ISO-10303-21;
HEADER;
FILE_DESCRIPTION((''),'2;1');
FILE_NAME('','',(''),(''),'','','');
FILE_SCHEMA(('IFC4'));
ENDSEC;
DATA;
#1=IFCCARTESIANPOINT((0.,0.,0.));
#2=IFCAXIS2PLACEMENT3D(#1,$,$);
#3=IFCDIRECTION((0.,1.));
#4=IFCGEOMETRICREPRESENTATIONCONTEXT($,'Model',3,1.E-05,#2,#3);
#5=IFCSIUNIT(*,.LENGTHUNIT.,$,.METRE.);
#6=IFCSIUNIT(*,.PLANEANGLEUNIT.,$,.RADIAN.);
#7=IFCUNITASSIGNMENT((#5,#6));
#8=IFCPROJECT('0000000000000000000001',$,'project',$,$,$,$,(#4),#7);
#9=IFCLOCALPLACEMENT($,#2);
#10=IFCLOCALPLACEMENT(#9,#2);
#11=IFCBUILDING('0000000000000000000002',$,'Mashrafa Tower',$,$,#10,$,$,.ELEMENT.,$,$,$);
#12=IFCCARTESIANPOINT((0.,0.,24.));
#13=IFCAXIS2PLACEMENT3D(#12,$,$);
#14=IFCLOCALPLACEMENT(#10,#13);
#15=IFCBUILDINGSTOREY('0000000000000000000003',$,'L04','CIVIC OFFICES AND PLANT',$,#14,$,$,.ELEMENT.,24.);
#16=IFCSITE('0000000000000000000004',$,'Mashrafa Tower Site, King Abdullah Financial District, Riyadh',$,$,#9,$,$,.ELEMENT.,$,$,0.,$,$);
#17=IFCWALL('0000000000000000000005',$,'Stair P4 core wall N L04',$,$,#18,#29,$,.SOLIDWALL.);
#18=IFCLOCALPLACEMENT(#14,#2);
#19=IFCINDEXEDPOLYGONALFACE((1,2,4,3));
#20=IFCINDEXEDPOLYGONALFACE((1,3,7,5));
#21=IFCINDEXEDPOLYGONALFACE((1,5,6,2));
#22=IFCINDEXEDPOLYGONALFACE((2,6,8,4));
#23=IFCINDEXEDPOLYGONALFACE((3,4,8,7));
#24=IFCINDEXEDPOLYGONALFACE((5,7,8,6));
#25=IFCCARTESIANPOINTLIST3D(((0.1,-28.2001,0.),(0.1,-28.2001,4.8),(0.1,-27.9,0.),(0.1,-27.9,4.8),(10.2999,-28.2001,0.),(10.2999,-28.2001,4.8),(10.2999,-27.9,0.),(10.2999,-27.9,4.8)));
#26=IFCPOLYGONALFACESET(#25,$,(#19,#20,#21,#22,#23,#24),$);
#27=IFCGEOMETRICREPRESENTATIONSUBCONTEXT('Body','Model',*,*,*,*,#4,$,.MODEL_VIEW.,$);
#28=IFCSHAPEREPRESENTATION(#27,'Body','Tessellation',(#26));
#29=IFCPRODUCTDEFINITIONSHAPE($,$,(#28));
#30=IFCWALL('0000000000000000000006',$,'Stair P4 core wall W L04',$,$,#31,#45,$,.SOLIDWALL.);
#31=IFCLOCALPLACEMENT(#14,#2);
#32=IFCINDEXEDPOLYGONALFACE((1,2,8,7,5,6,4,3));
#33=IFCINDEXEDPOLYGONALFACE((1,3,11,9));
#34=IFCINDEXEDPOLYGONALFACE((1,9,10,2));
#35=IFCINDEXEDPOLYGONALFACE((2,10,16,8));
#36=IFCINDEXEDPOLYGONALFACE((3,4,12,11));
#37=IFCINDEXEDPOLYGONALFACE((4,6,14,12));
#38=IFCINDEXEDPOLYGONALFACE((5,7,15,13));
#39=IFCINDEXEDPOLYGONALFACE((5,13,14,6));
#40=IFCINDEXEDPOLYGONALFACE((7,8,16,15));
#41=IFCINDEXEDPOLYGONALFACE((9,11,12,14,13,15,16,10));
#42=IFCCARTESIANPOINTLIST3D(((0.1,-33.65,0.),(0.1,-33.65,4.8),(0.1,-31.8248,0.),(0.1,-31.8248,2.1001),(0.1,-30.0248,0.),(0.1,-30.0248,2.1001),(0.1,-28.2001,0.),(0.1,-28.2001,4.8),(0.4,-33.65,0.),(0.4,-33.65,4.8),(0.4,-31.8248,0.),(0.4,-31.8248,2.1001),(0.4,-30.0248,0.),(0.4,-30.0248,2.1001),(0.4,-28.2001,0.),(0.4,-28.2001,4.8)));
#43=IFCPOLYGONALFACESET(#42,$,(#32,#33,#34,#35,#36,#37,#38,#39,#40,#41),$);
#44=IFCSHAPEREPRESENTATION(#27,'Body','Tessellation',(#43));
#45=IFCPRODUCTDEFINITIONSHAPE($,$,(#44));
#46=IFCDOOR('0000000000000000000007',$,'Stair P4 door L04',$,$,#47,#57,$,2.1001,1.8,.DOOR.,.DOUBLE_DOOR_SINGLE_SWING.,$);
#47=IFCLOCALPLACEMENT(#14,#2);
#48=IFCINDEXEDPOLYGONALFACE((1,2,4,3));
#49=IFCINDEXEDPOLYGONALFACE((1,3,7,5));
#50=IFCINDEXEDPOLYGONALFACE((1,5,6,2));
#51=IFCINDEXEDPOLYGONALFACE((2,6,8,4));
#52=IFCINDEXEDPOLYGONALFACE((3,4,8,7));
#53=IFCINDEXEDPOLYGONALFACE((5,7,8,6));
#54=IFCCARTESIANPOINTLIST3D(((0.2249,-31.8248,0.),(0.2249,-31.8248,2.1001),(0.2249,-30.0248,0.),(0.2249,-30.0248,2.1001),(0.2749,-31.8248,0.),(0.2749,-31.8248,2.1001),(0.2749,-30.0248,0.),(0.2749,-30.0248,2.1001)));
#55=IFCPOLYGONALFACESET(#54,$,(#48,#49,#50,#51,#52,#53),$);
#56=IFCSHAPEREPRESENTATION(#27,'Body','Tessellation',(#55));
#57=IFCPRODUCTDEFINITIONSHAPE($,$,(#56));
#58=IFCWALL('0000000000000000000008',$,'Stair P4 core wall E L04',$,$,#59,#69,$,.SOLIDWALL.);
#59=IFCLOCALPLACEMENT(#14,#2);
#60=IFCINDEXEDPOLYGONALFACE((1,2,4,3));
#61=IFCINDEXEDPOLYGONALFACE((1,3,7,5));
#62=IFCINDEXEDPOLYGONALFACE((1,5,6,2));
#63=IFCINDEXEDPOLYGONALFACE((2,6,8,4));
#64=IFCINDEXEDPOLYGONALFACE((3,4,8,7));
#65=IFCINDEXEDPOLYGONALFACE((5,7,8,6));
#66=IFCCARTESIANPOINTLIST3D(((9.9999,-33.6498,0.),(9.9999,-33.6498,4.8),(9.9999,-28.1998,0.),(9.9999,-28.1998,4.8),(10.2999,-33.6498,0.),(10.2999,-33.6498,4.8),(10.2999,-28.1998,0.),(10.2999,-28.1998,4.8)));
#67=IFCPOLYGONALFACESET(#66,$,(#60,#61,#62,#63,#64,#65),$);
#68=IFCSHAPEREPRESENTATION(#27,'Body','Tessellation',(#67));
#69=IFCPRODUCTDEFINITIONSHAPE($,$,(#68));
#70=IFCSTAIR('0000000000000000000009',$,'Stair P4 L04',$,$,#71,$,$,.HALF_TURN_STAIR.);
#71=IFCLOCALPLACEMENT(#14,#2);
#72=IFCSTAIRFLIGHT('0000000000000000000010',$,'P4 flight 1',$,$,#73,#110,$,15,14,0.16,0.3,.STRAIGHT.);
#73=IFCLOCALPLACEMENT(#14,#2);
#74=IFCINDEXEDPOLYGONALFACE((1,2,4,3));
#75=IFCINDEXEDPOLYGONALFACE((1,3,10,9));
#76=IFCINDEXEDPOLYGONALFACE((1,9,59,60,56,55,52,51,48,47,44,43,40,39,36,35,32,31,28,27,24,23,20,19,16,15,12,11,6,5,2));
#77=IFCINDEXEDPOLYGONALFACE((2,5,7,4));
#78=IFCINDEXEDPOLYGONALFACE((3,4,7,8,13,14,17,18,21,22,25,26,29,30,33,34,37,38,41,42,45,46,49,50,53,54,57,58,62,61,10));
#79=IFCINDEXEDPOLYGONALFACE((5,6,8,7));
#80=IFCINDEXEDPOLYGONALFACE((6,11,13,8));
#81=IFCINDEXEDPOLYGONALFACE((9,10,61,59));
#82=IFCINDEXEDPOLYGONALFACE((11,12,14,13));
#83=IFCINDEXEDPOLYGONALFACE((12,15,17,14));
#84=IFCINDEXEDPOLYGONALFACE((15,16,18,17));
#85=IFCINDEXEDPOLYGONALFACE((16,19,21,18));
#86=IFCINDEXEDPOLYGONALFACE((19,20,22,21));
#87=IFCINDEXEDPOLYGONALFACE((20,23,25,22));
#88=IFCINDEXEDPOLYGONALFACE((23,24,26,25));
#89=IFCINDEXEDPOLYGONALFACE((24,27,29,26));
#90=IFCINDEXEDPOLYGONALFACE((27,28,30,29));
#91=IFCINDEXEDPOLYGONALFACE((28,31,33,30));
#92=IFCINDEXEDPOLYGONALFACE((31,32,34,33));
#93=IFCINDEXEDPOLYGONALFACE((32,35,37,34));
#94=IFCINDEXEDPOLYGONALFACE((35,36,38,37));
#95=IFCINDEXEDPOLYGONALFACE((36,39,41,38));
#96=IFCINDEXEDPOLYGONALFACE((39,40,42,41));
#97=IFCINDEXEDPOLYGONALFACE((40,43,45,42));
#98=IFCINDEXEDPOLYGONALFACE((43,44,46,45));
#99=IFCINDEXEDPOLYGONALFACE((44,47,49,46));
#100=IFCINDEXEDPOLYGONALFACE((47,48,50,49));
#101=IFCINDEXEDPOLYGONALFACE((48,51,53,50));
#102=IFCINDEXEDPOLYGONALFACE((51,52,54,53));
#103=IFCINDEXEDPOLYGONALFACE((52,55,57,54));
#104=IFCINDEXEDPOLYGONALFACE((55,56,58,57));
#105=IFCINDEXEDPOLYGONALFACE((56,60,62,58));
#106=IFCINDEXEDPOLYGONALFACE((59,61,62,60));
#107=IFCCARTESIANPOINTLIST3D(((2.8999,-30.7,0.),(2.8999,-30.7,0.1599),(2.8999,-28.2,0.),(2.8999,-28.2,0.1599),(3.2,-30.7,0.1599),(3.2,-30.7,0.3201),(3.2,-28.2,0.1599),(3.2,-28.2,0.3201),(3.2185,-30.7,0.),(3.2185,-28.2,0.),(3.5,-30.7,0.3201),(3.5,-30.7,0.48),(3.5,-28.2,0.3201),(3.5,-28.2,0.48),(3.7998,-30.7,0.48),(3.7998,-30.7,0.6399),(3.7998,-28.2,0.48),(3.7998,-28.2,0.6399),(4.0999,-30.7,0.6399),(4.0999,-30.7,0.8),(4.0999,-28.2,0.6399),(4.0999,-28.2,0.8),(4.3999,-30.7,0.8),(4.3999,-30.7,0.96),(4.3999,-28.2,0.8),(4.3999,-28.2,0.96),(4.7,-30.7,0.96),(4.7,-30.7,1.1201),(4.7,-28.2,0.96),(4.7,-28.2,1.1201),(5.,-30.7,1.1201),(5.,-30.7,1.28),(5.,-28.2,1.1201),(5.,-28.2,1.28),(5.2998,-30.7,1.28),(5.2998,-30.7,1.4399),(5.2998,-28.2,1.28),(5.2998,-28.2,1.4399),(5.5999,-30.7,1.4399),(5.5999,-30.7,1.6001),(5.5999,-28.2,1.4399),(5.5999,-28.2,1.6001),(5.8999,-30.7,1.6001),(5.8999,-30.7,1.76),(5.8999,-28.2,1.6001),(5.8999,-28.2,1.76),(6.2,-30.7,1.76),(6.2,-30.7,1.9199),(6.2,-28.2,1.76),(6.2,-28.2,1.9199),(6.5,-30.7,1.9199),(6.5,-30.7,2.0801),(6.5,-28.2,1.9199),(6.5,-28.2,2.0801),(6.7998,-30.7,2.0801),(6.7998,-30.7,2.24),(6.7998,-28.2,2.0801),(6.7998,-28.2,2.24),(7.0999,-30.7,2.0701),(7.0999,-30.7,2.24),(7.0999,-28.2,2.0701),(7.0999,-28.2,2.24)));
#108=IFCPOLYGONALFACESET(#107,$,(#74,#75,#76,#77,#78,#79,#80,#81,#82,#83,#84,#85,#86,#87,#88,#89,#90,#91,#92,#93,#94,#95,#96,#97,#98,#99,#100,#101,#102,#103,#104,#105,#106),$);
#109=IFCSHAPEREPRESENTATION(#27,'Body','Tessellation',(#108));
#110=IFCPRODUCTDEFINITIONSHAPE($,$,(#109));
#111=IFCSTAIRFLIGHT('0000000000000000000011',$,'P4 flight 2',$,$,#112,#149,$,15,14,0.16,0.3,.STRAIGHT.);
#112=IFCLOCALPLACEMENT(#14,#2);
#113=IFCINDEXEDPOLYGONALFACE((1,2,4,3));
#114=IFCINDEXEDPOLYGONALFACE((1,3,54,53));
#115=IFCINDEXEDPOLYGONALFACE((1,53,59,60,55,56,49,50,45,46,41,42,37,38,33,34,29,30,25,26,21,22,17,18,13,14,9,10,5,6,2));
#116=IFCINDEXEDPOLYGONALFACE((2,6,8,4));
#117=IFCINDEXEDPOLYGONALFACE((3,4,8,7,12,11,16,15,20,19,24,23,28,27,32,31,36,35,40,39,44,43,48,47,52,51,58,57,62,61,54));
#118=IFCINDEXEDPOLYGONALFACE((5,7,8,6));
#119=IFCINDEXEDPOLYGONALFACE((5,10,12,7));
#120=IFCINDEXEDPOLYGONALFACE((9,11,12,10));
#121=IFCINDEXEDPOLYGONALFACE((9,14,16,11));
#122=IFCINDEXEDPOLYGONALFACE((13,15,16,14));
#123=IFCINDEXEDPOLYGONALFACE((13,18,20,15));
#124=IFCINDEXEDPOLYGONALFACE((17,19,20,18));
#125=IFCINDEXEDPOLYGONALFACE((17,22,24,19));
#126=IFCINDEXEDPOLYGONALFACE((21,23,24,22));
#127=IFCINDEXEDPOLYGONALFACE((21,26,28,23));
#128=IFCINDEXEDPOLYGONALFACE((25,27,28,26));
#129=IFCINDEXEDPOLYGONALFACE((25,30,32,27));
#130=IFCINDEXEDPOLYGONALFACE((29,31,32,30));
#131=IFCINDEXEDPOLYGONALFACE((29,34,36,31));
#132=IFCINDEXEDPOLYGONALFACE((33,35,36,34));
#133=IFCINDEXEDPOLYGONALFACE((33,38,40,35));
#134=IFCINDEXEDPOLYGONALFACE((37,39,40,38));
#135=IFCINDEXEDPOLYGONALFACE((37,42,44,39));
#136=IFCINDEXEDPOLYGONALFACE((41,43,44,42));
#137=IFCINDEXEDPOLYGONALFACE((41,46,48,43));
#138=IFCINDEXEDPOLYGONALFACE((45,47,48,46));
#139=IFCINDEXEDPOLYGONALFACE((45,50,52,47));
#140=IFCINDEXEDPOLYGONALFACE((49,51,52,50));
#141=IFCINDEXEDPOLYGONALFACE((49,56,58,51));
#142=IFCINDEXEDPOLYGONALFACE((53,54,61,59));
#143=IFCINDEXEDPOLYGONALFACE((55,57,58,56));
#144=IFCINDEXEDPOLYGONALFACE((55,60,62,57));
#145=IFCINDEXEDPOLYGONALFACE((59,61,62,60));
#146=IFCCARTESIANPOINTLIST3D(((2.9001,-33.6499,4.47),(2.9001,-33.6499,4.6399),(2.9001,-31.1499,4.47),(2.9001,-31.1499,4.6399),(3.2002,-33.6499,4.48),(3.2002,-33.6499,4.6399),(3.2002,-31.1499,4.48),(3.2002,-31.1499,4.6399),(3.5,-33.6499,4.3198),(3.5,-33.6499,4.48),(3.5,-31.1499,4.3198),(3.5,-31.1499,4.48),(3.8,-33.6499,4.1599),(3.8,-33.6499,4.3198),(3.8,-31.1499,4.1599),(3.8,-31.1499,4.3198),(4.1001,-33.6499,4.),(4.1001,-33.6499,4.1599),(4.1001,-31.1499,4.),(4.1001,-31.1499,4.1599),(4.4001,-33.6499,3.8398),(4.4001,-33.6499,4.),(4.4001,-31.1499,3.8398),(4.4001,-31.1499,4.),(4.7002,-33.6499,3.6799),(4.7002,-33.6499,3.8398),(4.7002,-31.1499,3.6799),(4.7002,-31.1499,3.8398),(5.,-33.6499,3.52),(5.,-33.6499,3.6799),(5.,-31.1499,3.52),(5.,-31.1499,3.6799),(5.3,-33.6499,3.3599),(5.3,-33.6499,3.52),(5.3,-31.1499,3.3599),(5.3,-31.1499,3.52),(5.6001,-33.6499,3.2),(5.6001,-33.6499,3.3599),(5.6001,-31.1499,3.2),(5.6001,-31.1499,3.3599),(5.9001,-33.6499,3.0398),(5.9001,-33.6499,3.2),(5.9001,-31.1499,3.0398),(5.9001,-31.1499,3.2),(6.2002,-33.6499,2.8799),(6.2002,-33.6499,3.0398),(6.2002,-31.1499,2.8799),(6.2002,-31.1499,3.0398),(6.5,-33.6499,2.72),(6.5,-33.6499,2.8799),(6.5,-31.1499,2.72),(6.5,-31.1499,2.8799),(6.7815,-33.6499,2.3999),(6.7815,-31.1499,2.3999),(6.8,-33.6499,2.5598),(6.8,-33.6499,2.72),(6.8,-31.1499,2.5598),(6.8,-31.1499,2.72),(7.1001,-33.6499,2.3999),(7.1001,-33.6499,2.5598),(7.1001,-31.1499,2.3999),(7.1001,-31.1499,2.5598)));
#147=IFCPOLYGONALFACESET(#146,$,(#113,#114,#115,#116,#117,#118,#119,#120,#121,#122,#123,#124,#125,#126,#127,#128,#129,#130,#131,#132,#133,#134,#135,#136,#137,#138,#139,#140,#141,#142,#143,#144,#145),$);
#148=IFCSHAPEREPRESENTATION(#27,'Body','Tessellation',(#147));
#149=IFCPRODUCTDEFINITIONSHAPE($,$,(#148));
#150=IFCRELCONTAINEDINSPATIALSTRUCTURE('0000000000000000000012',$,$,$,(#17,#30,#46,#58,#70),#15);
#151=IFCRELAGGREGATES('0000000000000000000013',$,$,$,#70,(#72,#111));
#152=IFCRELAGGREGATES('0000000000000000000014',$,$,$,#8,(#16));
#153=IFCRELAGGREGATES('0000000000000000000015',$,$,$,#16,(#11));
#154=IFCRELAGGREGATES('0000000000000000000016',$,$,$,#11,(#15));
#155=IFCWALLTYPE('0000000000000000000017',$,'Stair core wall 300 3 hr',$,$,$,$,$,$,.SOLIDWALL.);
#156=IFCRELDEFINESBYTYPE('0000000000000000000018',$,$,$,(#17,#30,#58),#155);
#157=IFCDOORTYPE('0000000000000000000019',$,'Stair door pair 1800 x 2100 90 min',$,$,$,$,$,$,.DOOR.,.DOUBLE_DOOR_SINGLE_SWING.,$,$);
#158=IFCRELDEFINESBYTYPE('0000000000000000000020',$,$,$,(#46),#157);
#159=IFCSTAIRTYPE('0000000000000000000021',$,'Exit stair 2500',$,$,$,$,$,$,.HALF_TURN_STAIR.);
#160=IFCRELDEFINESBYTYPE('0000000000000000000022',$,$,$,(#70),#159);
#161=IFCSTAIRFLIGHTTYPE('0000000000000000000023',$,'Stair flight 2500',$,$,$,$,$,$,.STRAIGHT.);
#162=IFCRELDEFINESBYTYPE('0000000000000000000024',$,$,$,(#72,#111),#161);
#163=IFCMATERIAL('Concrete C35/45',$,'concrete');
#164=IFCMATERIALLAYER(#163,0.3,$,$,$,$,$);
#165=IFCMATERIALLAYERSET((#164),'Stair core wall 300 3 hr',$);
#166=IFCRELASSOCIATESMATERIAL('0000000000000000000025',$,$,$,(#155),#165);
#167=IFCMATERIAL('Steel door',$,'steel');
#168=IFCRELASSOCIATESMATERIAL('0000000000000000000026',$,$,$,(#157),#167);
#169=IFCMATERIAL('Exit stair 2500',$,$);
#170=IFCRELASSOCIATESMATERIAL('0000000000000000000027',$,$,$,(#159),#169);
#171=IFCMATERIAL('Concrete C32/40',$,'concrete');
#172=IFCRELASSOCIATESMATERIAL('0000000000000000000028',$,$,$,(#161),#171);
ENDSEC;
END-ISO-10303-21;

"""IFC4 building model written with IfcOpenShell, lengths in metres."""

from ifc_helpers import new_model, si_unit, direction, frame, frame_2d, origin, place, context, subcontext, project, spatial, polyline, rectangle, outline, extrude, material, layer, layer_set, type_object, element, fill, aggregate, save


model = new_model("IFC4")

# Units and contexts
model_context = context("Model", 3, precision=1e-05, world=origin(), true_north=direction((0.0, 1.0)))
body_context = subcontext(model_context, "Body", "Model", "MODEL_VIEW")
ifc_project = project(units=[si_unit("LENGTHUNIT", "METRE"), si_unit("PLANEANGLEUNIT", "RADIAN")], contexts=[model_context])

# Site, building, storey
site_placement = place(None, origin())
site = spatial("IfcSite", under=ifc_project, at=site_placement, Name="Mashrafa Tower Site, King Abdullah Financial District, Riyadh", CompositionType="ELEMENT", RefElevation=0.0)
building_placement = place(site_placement, origin())
building = spatial("IfcBuilding", under=site, at=building_placement, Name="Mashrafa Tower", CompositionType="ELEMENT")
storey_placement = place(building_placement, frame((0.0, 0.0, 24.0)))
storey = spatial("IfcBuildingStorey", under=building, at=storey_placement, Name="L04", Description="CIVIC OFFICES AND PLANT", CompositionType="ELEMENT", Elevation=24.0)

# Wall
ifc_material_1 = material(Name="Concrete C35/45", Category="concrete")
ifc_layer_1 = layer(ifc_material_1, 0.3)
ifc_layer_set_1 = layer_set([ifc_layer_1], Name="Stair core wall 300 3 hr")
wall_type_1 = type_object("IfcWallType", Name="Stair core wall 300 3 hr", PredefinedType="SOLIDWALL", material=ifc_layer_set_1)
for number, where, z_axis, x_axis, name in (
    (1, (10.3, -28.05, 0.0), (0.0, 0.0, 1.0), (-1.0, 0.0, 0.0), "Stair P4 core wall N L04"),
):
    element("IfcWall", number, at=place(storey_placement, frame(where, z_axis=z_axis, x_axis=x_axis)), inside=storey, type_object=wall_type_1, Name=name, PredefinedType="SOLIDWALL", context=body_context, shape_type="SweptSolid", body=[
        extrude(rectangle(XDim=10.2, YDim=0.3, at=frame_2d((5.1001, 0.0))), origin(), (0.0, 0.0, 1.0), 4.8),
    ])

# Wall, opening, door
wall_1_placement = place(storey_placement, frame((0.25, -28.2, 0.0), z_axis=(0.0, 0.0, 1.0), x_axis=(0.0, -1.0, 0.0)))
wall_1 = element("IfcWall", 2, at=wall_1_placement, inside=storey, type_object=wall_type_1, Name="Stair P4 core wall W L04", PredefinedType="SOLIDWALL", context=body_context, shape_type="SweptSolid", body=[
    extrude(rectangle(XDim=5.45, YDim=0.3, at=frame_2d((2.7251, 0.0))), origin(), (0.0, 0.0, 1.0), 4.8),
])
opening_placement = place(wall_1_placement, frame((1.825, 0.0, 0.0)))
opening = element("IfcOpeningElement", 3, at=opening_placement, cuts=wall_1, PredefinedType="OPENING", context=body_context, shape_type="SweptSolid", body=[
    extrude(rectangle(XDim=1.8, YDim=2.1001, at=frame_2d((0.8999, 1.05))), frame((0.0, 0.1599, 0.0), z_axis=(0.0, -1.0, 0.0), x_axis=(1.0, 0.0, 0.0)), (0.0, 0.0, 1.0), 0.3201),
])
ifc_material_2 = material(Name="Steel door", Category="steel")
door_type = type_object("IfcDoorType", Name="Stair door pair 1800 x 2100 90 min", OperationType="DOUBLE_DOOR_SINGLE_SWING", PredefinedType="DOOR", material=ifc_material_2)
door_placement = place(opening_placement, origin())
door = element("IfcDoor", 4, at=door_placement, inside=storey, type_object=door_type, Name="Stair P4 door L04", OperationType="DOUBLE_DOOR_SINGLE_SWING", OverallHeight=2.1001, OverallWidth=1.8, PredefinedType="DOOR", context=body_context, shape_type="SweptSolid", body=[
    extrude(rectangle(XDim=1.8, YDim=2.1001, at=frame_2d((0.8999, 1.05))), frame((0.0, 0.0249, 0.0), z_axis=(0.0, -1.0, 0.0), x_axis=(1.0, 0.0, 0.0)), (0.0, 0.0, 1.0), 0.05),
])
fill(opening, door)

# Wall
wall_2_placement = place(storey_placement, frame((10.1499, -33.6499, 0.0), z_axis=(0.0, 0.0, 1.0), x_axis=(0.0, 1.0, 0.0)))
element("IfcWall", 5, at=wall_2_placement, inside=storey, type_object=wall_type_1, Name="Stair P4 core wall E L04", PredefinedType="SOLIDWALL", context=body_context, shape_type="SweptSolid", body=[
    extrude(rectangle(XDim=5.45, YDim=0.3, at=frame_2d((2.7251, 0.0))), origin(), (0.0, 0.0, 1.0), 4.8),
])

# Stair, stair flights
ifc_material_3 = material(Name="Exit stair 2500")
stair_type = type_object("IfcStairType", Name="Exit stair 2500", PredefinedType="HALF_TURN_STAIR", material=ifc_material_3)
stair_placement = place(storey_placement, origin())
stair = element("IfcStair", 6, at=stair_placement, inside=storey, type_object=stair_type, Name="Stair P4 L04", PredefinedType="HALF_TURN_STAIR")
ifc_material_4 = material(Name="Concrete C32/40", Category="concrete")
stair_flight_type = type_object("IfcStairFlightType", Name="Stair flight 2500", PredefinedType="STRAIGHT", material=ifc_material_4)
stair_flight_1_placement = place(storey_placement, frame((2.8999, -29.45, 0.0), z_axis=(0.0, 0.0, 1.0), x_axis=(1.0, 0.0, 0.0)))
stair_flight_1 = element("IfcStairFlight", 7, at=stair_flight_1_placement, type_object=stair_flight_type, Name="P4 flight 1", NumberOfRisers=15, NumberOfTreads=14, PredefinedType="STRAIGHT", RiserHeight=0.16, TreadLength=0.3, context=body_context, shape_type="SweptSolid", body=[
    extrude(outline(polyline([(0.0, 0.0), (0.0, 0.1599), (0.3, 0.1599), (0.3, 0.3201), (0.6001, 0.3201), (0.6001, 0.48), (0.8999, 0.48), (0.8999, 0.6399), (1.2, 0.6399), (1.2, 0.8), (1.5, 0.8), (1.5, 0.96), (1.8, 0.96), (1.8, 1.1201), (2.1001, 1.1201), (2.1001, 1.28), (2.3999, 1.28), (2.3999, 1.4399), (2.7, 1.4399), (2.7, 1.6001), (3.0, 1.6001), (3.0, 1.76), (3.3, 1.76), (3.3, 1.9199), (3.6001, 1.9199), (3.6001, 2.0801), (3.8999, 2.0801), (3.8999, 2.24), (4.2, 2.24), (4.2, 2.3999), (4.2, 2.0701), (0.3186, 0.0), (0.0, 0.0)])), frame((0.0, 1.25, 0.0), z_axis=(0.0, -1.0, 0.0), x_axis=(1.0, 0.0, 0.0)), (0.0, 0.0, 1.0), 2.5),
])
stair_flight_2_placement = place(storey_placement, frame((7.1001, -32.3999, 2.3999), z_axis=(0.0, 0.0, 1.0), x_axis=(-1.0, 0.0, 0.0)))
stair_flight_2 = element("IfcStairFlight", 8, at=stair_flight_2_placement, type_object=stair_flight_type, Name="P4 flight 2", NumberOfRisers=15, NumberOfTreads=14, PredefinedType="STRAIGHT", RiserHeight=0.16, TreadLength=0.3, context=body_context, shape_type="SweptSolid", body=[
    extrude(outline(polyline([(0.0, 0.0), (0.0, 0.1599), (0.3, 0.1599), (0.3, 0.3201), (0.6001, 0.3201), (0.6001, 0.48), (0.8999, 0.48), (0.8999, 0.6399), (1.2, 0.6399), (1.2, 0.8), (1.5, 0.8), (1.5, 0.96), (1.8, 0.96), (1.8, 1.1201), (2.1001, 1.1201), (2.1001, 1.28), (2.3999, 1.28), (2.3999, 1.4399), (2.7, 1.4399), (2.7, 1.6001), (3.0, 1.6001), (3.0, 1.76), (3.3, 1.76), (3.3, 1.9199), (3.6001, 1.9199), (3.6001, 2.0801), (3.8999, 2.0801), (3.8999, 2.24), (4.2, 2.24), (4.2, 2.3999), (4.2, 2.0701), (0.3186, 0.0), (0.0, 0.0)])), frame((0.0, 1.25, 0.0), z_axis=(0.0, -1.0, 0.0), x_axis=(1.0, 0.0, 0.0)), (0.0, 0.0, 1.0), 2.5),
])
aggregate(stair, [stair_flight_1, stair_flight_2])

save(model, "model.ifc")
